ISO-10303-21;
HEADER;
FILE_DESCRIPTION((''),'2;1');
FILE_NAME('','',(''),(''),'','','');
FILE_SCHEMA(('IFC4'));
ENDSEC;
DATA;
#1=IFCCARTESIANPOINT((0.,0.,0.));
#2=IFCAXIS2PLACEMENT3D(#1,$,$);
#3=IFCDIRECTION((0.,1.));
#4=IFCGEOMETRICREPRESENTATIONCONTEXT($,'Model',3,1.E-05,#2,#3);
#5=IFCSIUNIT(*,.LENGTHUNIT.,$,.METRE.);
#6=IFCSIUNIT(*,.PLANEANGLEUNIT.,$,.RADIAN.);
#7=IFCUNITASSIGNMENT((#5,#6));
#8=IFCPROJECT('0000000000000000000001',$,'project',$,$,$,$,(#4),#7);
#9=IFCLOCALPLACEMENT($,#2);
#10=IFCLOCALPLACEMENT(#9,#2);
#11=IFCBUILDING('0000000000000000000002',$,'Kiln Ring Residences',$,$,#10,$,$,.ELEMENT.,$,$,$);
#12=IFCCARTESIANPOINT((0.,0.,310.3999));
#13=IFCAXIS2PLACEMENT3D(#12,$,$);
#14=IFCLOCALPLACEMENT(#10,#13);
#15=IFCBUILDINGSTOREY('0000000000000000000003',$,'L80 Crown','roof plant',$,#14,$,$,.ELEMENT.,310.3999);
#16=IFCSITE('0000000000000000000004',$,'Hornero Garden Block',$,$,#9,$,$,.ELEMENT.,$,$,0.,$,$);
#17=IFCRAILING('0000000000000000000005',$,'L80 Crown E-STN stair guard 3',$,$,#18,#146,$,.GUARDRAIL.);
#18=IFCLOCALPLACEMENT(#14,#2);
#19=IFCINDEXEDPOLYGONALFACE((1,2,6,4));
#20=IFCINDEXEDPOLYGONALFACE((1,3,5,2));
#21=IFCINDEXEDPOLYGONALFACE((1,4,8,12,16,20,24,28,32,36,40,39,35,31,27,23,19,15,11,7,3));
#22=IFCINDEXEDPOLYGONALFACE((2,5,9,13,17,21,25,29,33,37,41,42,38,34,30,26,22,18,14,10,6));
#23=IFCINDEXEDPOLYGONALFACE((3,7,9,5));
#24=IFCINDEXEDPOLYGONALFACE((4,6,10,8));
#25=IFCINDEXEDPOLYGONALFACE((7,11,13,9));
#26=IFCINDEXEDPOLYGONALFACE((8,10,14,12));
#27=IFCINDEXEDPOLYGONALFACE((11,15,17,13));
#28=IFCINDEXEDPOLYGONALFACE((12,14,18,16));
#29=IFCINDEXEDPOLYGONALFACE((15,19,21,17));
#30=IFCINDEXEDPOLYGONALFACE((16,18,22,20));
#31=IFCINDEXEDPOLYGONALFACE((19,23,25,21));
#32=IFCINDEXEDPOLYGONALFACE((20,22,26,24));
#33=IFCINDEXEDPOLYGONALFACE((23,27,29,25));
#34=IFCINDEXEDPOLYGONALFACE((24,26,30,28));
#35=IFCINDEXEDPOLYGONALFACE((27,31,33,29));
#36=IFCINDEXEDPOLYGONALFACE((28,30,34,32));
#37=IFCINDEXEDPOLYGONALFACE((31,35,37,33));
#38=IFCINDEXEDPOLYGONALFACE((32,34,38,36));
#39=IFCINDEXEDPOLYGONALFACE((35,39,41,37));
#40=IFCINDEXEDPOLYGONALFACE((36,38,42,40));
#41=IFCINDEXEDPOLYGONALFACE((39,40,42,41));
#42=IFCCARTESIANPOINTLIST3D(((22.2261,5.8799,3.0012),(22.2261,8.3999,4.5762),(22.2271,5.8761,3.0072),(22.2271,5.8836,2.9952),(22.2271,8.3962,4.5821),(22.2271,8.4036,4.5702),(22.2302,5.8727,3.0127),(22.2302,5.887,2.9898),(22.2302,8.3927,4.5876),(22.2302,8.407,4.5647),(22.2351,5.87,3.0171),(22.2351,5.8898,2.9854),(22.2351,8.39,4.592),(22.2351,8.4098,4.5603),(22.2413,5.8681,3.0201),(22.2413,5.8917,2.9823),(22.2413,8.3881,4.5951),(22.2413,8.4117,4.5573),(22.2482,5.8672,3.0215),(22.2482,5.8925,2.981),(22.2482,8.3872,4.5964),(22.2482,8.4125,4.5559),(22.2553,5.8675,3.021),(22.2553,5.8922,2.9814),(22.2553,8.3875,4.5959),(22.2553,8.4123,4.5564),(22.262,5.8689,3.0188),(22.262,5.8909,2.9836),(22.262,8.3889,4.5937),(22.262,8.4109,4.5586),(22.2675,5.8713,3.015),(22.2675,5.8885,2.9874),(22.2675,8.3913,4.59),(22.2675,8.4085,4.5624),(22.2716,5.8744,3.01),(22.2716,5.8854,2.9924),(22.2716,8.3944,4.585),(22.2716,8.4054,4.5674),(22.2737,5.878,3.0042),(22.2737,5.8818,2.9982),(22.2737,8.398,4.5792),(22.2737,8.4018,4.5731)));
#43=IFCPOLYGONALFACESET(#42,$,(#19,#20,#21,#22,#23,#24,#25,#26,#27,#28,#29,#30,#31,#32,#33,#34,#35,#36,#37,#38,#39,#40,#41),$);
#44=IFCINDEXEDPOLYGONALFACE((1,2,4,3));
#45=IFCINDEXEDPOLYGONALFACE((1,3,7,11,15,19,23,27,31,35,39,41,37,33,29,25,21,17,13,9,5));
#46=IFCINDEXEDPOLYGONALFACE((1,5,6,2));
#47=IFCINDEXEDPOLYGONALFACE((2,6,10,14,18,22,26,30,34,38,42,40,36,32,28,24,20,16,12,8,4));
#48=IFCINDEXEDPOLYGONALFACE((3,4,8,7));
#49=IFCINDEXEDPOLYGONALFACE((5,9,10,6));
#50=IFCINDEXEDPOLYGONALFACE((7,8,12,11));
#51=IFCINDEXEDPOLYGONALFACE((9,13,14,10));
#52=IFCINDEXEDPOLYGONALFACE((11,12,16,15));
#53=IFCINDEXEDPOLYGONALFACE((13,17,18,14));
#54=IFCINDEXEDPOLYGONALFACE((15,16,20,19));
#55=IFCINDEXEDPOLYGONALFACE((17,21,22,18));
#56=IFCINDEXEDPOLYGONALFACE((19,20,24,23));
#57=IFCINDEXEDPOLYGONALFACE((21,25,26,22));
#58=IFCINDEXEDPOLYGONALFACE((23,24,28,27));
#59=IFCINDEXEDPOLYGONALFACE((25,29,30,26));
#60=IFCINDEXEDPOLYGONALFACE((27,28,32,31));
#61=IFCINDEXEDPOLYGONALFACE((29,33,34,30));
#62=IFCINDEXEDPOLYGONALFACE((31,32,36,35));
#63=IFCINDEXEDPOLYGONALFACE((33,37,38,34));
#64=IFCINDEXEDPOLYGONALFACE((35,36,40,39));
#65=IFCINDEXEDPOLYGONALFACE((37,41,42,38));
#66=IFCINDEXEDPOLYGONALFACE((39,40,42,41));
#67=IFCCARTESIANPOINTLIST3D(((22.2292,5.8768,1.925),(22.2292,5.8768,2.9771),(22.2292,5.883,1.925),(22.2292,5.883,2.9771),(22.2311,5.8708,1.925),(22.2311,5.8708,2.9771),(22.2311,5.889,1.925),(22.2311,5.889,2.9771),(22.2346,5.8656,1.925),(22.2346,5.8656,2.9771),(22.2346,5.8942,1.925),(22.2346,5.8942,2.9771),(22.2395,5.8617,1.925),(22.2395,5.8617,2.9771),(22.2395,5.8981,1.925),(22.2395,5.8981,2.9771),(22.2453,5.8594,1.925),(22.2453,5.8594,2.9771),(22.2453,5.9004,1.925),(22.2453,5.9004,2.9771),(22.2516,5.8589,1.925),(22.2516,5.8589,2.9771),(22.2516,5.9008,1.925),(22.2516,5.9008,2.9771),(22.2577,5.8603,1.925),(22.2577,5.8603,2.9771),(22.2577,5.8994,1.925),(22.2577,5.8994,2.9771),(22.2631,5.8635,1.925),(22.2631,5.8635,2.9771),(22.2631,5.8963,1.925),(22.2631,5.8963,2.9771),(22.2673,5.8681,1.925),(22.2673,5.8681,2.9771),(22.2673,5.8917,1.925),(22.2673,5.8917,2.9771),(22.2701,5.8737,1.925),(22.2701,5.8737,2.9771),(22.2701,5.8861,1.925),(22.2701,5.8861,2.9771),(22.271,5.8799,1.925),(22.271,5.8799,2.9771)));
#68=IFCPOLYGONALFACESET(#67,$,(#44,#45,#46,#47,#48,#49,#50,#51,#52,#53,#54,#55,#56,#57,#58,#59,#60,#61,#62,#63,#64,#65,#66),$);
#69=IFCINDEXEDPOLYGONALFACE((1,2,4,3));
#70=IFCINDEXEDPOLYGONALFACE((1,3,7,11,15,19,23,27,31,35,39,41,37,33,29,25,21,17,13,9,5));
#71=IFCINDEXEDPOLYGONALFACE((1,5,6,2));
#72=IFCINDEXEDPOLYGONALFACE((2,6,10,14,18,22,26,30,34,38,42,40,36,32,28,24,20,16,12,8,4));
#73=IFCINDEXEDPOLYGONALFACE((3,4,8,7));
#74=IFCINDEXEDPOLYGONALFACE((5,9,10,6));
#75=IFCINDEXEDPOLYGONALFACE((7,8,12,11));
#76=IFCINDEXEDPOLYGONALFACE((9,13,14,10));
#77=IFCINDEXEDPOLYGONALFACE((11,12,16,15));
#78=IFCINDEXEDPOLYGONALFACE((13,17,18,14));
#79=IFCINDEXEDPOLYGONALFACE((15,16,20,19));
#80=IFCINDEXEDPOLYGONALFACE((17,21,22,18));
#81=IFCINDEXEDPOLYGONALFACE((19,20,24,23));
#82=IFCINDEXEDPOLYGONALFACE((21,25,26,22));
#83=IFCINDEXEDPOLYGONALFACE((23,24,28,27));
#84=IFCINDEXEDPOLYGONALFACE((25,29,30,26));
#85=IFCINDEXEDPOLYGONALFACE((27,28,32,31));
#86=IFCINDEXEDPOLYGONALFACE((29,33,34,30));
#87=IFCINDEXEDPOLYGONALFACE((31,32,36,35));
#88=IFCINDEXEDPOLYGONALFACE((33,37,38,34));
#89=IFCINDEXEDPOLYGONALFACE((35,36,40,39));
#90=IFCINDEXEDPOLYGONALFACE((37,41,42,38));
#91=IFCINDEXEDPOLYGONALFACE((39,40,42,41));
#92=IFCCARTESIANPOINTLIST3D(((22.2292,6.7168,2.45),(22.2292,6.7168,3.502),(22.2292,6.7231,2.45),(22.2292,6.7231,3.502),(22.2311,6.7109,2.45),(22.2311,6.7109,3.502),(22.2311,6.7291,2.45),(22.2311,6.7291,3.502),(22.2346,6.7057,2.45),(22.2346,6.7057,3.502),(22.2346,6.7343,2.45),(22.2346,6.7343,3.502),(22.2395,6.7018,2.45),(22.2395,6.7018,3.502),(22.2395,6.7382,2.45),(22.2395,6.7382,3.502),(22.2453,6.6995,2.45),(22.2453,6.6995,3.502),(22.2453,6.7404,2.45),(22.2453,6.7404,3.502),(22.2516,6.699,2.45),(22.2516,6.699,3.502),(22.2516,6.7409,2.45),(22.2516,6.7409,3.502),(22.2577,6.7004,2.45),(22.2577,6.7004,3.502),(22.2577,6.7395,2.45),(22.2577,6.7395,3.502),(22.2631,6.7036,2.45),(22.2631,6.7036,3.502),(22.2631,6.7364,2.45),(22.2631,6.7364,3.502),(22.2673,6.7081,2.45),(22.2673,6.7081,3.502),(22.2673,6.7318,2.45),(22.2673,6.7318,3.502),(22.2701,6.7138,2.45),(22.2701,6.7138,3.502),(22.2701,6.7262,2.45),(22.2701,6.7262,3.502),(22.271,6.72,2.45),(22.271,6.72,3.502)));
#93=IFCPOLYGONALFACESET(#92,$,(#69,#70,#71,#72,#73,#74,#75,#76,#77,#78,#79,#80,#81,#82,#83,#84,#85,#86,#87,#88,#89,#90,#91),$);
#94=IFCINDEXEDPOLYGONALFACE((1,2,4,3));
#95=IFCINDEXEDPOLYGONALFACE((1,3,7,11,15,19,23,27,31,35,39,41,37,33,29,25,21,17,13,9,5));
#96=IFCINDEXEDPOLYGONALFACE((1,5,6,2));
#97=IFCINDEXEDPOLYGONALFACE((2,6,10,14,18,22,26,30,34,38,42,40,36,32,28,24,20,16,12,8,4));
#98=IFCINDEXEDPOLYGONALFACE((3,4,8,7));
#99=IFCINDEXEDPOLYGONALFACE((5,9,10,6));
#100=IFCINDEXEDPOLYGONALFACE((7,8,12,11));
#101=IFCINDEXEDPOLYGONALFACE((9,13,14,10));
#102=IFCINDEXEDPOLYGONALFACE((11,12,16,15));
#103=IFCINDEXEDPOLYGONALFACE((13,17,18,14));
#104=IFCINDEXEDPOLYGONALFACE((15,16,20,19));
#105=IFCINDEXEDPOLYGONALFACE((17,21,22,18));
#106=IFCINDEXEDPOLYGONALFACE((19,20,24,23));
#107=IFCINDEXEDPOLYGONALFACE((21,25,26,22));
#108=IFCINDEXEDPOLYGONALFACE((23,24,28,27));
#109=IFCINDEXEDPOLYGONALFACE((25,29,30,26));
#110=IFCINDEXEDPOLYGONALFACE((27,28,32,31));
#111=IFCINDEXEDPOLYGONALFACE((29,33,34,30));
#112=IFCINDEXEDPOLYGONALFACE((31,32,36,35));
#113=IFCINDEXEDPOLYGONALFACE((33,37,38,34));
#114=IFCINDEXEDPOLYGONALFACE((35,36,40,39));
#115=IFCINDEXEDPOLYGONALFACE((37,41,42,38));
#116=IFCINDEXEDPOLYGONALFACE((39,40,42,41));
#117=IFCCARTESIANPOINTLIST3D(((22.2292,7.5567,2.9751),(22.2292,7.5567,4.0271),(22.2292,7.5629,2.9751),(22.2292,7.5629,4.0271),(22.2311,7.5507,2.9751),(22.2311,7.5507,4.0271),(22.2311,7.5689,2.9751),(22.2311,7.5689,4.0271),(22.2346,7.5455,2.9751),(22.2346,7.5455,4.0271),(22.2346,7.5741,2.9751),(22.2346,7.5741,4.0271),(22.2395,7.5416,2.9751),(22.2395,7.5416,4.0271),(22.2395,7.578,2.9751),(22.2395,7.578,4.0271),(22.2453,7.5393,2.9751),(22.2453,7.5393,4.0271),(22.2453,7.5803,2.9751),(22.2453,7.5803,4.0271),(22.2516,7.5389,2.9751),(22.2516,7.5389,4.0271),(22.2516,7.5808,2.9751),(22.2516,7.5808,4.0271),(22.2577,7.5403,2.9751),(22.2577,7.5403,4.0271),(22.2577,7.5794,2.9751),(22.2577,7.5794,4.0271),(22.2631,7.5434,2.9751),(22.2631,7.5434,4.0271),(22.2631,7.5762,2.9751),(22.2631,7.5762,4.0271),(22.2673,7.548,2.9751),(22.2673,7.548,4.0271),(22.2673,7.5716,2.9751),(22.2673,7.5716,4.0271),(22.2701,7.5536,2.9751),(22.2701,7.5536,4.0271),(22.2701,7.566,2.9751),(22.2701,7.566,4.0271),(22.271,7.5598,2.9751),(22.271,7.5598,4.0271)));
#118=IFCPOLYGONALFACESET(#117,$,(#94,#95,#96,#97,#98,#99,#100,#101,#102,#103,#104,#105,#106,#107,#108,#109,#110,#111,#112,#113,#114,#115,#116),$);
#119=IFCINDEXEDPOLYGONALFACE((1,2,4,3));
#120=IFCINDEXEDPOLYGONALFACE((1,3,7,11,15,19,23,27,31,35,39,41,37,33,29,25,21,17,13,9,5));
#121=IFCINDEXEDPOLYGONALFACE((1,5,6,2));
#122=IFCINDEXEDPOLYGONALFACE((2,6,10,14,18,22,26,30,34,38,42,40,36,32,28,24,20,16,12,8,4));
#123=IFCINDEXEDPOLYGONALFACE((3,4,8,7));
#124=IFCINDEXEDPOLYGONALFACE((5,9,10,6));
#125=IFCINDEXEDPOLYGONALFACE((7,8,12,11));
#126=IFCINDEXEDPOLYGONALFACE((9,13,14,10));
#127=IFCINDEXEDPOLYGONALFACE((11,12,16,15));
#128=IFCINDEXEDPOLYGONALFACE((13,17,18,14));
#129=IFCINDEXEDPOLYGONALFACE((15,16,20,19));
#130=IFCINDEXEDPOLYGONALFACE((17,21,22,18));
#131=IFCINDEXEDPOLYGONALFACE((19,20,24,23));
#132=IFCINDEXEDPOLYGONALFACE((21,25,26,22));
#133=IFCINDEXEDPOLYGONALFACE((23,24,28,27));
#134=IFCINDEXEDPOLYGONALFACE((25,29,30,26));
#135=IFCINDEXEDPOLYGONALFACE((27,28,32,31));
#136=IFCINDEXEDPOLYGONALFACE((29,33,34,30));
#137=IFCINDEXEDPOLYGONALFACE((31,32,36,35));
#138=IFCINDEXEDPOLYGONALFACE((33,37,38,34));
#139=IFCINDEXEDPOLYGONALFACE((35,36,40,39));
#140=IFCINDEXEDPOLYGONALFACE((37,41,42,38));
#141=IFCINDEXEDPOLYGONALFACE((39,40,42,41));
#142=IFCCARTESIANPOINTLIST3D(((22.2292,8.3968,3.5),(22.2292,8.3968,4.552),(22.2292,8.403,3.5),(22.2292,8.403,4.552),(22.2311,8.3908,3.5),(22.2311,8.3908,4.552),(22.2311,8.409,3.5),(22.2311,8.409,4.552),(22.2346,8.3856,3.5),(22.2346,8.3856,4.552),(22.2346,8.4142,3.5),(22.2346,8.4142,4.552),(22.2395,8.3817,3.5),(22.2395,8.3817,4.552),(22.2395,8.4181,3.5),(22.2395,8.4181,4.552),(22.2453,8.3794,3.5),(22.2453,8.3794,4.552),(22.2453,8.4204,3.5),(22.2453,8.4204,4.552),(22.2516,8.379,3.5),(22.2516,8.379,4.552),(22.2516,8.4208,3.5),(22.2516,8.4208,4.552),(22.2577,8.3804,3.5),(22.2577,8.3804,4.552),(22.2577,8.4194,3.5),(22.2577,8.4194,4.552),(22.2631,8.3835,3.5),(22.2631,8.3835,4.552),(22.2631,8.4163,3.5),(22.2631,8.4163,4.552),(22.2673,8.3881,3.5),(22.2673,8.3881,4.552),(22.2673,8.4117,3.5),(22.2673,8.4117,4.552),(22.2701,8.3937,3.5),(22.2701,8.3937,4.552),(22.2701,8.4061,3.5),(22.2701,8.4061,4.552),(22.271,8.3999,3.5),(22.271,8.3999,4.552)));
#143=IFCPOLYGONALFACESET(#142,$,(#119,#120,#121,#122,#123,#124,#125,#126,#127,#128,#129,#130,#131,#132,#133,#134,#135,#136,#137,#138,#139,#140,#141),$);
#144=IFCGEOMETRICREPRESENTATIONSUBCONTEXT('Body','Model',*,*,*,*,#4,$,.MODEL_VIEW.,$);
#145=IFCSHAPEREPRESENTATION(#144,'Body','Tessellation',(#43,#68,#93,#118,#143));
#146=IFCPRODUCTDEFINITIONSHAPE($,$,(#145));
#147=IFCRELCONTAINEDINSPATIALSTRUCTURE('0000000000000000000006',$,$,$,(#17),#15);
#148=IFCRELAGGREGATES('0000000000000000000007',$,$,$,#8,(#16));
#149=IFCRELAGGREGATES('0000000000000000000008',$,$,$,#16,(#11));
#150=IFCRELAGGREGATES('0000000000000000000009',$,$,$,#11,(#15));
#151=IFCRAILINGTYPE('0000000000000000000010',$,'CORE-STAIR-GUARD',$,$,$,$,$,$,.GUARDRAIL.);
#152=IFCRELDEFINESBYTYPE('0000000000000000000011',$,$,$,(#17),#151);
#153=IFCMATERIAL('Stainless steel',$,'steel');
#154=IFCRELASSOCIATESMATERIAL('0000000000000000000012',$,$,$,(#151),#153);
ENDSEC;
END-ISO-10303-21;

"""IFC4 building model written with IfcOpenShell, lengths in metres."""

from ifc_helpers import new_model, si_unit, direction, frame, origin, origin_2d, place, context, subcontext, project, spatial, circle, extrude, material, type_object, element, save


model = new_model("IFC4")

# Units and contexts
model_context = context("Model", 3, precision=1e-05, world=origin(), true_north=direction((0.0, 1.0)))
body_context = subcontext(model_context, "Body", "Model", "MODEL_VIEW")
ifc_project = project(units=[si_unit("LENGTHUNIT", "METRE"), si_unit("PLANEANGLEUNIT", "RADIAN")], contexts=[model_context])

# Site, building, storey
site_placement = place(None, origin())
site = spatial("IfcSite", under=ifc_project, at=site_placement, Name="Hornero Garden Block", CompositionType="ELEMENT", RefElevation=0.0)
building_placement = place(site_placement, origin())
building = spatial("IfcBuilding", under=site, at=building_placement, Name="Kiln Ring Residences", CompositionType="ELEMENT")
storey_placement = place(building_placement, frame((0.0, 0.0, 310.3999)))
storey = spatial("IfcBuildingStorey", under=building, at=storey_placement, Name="L80 Crown", Description="roof plant", CompositionType="ELEMENT", Elevation=310.3999)

# Railing
ifc_material_1 = material(Name="Stainless steel", Category="steel")
railing_type_1 = type_object("IfcRailingType", Name="CORE-STAIR-GUARD", PredefinedType="GUARDRAIL", material=ifc_material_1)
railing_1_placement = place(storey_placement, frame((22.25, 5.8799, 1.925)))
element("IfcRailing", 1, at=railing_1_placement, inside=storey, type_object=railing_type_1, Name="L80 Crown E-STN stair guard 3", PredefinedType="GUARDRAIL", context=body_context, shape_type="SweptSolid", body=[
    extrude(circle(Radius=0.0239, at=origin_2d()), frame((0.0, 0.0, 1.0762), z_axis=(0.0, 0.848008, 0.529984), x_axis=(-1.0, 0.0, 0.0)), (0.0, 0.0, 1.0), 2.9717),
    extrude(circle(Radius=0.021, at=origin_2d()), origin(), (0.0, 0.0, 1.0), 1.052),
    extrude(circle(Radius=0.021, at=origin_2d()), frame((0.0, 0.8401, 0.5249)), (0.0, 0.0, 1.0), 1.052),
    extrude(circle(Radius=0.021, at=origin_2d()), frame((0.0, 1.6799, 1.05)), (0.0, 0.0, 1.0), 1.052),
    extrude(circle(Radius=0.021, at=origin_2d()), frame((0.0, 2.52, 1.575)), (0.0, 0.0, 1.0), 1.052),
])

save(model, "model.ifc")
